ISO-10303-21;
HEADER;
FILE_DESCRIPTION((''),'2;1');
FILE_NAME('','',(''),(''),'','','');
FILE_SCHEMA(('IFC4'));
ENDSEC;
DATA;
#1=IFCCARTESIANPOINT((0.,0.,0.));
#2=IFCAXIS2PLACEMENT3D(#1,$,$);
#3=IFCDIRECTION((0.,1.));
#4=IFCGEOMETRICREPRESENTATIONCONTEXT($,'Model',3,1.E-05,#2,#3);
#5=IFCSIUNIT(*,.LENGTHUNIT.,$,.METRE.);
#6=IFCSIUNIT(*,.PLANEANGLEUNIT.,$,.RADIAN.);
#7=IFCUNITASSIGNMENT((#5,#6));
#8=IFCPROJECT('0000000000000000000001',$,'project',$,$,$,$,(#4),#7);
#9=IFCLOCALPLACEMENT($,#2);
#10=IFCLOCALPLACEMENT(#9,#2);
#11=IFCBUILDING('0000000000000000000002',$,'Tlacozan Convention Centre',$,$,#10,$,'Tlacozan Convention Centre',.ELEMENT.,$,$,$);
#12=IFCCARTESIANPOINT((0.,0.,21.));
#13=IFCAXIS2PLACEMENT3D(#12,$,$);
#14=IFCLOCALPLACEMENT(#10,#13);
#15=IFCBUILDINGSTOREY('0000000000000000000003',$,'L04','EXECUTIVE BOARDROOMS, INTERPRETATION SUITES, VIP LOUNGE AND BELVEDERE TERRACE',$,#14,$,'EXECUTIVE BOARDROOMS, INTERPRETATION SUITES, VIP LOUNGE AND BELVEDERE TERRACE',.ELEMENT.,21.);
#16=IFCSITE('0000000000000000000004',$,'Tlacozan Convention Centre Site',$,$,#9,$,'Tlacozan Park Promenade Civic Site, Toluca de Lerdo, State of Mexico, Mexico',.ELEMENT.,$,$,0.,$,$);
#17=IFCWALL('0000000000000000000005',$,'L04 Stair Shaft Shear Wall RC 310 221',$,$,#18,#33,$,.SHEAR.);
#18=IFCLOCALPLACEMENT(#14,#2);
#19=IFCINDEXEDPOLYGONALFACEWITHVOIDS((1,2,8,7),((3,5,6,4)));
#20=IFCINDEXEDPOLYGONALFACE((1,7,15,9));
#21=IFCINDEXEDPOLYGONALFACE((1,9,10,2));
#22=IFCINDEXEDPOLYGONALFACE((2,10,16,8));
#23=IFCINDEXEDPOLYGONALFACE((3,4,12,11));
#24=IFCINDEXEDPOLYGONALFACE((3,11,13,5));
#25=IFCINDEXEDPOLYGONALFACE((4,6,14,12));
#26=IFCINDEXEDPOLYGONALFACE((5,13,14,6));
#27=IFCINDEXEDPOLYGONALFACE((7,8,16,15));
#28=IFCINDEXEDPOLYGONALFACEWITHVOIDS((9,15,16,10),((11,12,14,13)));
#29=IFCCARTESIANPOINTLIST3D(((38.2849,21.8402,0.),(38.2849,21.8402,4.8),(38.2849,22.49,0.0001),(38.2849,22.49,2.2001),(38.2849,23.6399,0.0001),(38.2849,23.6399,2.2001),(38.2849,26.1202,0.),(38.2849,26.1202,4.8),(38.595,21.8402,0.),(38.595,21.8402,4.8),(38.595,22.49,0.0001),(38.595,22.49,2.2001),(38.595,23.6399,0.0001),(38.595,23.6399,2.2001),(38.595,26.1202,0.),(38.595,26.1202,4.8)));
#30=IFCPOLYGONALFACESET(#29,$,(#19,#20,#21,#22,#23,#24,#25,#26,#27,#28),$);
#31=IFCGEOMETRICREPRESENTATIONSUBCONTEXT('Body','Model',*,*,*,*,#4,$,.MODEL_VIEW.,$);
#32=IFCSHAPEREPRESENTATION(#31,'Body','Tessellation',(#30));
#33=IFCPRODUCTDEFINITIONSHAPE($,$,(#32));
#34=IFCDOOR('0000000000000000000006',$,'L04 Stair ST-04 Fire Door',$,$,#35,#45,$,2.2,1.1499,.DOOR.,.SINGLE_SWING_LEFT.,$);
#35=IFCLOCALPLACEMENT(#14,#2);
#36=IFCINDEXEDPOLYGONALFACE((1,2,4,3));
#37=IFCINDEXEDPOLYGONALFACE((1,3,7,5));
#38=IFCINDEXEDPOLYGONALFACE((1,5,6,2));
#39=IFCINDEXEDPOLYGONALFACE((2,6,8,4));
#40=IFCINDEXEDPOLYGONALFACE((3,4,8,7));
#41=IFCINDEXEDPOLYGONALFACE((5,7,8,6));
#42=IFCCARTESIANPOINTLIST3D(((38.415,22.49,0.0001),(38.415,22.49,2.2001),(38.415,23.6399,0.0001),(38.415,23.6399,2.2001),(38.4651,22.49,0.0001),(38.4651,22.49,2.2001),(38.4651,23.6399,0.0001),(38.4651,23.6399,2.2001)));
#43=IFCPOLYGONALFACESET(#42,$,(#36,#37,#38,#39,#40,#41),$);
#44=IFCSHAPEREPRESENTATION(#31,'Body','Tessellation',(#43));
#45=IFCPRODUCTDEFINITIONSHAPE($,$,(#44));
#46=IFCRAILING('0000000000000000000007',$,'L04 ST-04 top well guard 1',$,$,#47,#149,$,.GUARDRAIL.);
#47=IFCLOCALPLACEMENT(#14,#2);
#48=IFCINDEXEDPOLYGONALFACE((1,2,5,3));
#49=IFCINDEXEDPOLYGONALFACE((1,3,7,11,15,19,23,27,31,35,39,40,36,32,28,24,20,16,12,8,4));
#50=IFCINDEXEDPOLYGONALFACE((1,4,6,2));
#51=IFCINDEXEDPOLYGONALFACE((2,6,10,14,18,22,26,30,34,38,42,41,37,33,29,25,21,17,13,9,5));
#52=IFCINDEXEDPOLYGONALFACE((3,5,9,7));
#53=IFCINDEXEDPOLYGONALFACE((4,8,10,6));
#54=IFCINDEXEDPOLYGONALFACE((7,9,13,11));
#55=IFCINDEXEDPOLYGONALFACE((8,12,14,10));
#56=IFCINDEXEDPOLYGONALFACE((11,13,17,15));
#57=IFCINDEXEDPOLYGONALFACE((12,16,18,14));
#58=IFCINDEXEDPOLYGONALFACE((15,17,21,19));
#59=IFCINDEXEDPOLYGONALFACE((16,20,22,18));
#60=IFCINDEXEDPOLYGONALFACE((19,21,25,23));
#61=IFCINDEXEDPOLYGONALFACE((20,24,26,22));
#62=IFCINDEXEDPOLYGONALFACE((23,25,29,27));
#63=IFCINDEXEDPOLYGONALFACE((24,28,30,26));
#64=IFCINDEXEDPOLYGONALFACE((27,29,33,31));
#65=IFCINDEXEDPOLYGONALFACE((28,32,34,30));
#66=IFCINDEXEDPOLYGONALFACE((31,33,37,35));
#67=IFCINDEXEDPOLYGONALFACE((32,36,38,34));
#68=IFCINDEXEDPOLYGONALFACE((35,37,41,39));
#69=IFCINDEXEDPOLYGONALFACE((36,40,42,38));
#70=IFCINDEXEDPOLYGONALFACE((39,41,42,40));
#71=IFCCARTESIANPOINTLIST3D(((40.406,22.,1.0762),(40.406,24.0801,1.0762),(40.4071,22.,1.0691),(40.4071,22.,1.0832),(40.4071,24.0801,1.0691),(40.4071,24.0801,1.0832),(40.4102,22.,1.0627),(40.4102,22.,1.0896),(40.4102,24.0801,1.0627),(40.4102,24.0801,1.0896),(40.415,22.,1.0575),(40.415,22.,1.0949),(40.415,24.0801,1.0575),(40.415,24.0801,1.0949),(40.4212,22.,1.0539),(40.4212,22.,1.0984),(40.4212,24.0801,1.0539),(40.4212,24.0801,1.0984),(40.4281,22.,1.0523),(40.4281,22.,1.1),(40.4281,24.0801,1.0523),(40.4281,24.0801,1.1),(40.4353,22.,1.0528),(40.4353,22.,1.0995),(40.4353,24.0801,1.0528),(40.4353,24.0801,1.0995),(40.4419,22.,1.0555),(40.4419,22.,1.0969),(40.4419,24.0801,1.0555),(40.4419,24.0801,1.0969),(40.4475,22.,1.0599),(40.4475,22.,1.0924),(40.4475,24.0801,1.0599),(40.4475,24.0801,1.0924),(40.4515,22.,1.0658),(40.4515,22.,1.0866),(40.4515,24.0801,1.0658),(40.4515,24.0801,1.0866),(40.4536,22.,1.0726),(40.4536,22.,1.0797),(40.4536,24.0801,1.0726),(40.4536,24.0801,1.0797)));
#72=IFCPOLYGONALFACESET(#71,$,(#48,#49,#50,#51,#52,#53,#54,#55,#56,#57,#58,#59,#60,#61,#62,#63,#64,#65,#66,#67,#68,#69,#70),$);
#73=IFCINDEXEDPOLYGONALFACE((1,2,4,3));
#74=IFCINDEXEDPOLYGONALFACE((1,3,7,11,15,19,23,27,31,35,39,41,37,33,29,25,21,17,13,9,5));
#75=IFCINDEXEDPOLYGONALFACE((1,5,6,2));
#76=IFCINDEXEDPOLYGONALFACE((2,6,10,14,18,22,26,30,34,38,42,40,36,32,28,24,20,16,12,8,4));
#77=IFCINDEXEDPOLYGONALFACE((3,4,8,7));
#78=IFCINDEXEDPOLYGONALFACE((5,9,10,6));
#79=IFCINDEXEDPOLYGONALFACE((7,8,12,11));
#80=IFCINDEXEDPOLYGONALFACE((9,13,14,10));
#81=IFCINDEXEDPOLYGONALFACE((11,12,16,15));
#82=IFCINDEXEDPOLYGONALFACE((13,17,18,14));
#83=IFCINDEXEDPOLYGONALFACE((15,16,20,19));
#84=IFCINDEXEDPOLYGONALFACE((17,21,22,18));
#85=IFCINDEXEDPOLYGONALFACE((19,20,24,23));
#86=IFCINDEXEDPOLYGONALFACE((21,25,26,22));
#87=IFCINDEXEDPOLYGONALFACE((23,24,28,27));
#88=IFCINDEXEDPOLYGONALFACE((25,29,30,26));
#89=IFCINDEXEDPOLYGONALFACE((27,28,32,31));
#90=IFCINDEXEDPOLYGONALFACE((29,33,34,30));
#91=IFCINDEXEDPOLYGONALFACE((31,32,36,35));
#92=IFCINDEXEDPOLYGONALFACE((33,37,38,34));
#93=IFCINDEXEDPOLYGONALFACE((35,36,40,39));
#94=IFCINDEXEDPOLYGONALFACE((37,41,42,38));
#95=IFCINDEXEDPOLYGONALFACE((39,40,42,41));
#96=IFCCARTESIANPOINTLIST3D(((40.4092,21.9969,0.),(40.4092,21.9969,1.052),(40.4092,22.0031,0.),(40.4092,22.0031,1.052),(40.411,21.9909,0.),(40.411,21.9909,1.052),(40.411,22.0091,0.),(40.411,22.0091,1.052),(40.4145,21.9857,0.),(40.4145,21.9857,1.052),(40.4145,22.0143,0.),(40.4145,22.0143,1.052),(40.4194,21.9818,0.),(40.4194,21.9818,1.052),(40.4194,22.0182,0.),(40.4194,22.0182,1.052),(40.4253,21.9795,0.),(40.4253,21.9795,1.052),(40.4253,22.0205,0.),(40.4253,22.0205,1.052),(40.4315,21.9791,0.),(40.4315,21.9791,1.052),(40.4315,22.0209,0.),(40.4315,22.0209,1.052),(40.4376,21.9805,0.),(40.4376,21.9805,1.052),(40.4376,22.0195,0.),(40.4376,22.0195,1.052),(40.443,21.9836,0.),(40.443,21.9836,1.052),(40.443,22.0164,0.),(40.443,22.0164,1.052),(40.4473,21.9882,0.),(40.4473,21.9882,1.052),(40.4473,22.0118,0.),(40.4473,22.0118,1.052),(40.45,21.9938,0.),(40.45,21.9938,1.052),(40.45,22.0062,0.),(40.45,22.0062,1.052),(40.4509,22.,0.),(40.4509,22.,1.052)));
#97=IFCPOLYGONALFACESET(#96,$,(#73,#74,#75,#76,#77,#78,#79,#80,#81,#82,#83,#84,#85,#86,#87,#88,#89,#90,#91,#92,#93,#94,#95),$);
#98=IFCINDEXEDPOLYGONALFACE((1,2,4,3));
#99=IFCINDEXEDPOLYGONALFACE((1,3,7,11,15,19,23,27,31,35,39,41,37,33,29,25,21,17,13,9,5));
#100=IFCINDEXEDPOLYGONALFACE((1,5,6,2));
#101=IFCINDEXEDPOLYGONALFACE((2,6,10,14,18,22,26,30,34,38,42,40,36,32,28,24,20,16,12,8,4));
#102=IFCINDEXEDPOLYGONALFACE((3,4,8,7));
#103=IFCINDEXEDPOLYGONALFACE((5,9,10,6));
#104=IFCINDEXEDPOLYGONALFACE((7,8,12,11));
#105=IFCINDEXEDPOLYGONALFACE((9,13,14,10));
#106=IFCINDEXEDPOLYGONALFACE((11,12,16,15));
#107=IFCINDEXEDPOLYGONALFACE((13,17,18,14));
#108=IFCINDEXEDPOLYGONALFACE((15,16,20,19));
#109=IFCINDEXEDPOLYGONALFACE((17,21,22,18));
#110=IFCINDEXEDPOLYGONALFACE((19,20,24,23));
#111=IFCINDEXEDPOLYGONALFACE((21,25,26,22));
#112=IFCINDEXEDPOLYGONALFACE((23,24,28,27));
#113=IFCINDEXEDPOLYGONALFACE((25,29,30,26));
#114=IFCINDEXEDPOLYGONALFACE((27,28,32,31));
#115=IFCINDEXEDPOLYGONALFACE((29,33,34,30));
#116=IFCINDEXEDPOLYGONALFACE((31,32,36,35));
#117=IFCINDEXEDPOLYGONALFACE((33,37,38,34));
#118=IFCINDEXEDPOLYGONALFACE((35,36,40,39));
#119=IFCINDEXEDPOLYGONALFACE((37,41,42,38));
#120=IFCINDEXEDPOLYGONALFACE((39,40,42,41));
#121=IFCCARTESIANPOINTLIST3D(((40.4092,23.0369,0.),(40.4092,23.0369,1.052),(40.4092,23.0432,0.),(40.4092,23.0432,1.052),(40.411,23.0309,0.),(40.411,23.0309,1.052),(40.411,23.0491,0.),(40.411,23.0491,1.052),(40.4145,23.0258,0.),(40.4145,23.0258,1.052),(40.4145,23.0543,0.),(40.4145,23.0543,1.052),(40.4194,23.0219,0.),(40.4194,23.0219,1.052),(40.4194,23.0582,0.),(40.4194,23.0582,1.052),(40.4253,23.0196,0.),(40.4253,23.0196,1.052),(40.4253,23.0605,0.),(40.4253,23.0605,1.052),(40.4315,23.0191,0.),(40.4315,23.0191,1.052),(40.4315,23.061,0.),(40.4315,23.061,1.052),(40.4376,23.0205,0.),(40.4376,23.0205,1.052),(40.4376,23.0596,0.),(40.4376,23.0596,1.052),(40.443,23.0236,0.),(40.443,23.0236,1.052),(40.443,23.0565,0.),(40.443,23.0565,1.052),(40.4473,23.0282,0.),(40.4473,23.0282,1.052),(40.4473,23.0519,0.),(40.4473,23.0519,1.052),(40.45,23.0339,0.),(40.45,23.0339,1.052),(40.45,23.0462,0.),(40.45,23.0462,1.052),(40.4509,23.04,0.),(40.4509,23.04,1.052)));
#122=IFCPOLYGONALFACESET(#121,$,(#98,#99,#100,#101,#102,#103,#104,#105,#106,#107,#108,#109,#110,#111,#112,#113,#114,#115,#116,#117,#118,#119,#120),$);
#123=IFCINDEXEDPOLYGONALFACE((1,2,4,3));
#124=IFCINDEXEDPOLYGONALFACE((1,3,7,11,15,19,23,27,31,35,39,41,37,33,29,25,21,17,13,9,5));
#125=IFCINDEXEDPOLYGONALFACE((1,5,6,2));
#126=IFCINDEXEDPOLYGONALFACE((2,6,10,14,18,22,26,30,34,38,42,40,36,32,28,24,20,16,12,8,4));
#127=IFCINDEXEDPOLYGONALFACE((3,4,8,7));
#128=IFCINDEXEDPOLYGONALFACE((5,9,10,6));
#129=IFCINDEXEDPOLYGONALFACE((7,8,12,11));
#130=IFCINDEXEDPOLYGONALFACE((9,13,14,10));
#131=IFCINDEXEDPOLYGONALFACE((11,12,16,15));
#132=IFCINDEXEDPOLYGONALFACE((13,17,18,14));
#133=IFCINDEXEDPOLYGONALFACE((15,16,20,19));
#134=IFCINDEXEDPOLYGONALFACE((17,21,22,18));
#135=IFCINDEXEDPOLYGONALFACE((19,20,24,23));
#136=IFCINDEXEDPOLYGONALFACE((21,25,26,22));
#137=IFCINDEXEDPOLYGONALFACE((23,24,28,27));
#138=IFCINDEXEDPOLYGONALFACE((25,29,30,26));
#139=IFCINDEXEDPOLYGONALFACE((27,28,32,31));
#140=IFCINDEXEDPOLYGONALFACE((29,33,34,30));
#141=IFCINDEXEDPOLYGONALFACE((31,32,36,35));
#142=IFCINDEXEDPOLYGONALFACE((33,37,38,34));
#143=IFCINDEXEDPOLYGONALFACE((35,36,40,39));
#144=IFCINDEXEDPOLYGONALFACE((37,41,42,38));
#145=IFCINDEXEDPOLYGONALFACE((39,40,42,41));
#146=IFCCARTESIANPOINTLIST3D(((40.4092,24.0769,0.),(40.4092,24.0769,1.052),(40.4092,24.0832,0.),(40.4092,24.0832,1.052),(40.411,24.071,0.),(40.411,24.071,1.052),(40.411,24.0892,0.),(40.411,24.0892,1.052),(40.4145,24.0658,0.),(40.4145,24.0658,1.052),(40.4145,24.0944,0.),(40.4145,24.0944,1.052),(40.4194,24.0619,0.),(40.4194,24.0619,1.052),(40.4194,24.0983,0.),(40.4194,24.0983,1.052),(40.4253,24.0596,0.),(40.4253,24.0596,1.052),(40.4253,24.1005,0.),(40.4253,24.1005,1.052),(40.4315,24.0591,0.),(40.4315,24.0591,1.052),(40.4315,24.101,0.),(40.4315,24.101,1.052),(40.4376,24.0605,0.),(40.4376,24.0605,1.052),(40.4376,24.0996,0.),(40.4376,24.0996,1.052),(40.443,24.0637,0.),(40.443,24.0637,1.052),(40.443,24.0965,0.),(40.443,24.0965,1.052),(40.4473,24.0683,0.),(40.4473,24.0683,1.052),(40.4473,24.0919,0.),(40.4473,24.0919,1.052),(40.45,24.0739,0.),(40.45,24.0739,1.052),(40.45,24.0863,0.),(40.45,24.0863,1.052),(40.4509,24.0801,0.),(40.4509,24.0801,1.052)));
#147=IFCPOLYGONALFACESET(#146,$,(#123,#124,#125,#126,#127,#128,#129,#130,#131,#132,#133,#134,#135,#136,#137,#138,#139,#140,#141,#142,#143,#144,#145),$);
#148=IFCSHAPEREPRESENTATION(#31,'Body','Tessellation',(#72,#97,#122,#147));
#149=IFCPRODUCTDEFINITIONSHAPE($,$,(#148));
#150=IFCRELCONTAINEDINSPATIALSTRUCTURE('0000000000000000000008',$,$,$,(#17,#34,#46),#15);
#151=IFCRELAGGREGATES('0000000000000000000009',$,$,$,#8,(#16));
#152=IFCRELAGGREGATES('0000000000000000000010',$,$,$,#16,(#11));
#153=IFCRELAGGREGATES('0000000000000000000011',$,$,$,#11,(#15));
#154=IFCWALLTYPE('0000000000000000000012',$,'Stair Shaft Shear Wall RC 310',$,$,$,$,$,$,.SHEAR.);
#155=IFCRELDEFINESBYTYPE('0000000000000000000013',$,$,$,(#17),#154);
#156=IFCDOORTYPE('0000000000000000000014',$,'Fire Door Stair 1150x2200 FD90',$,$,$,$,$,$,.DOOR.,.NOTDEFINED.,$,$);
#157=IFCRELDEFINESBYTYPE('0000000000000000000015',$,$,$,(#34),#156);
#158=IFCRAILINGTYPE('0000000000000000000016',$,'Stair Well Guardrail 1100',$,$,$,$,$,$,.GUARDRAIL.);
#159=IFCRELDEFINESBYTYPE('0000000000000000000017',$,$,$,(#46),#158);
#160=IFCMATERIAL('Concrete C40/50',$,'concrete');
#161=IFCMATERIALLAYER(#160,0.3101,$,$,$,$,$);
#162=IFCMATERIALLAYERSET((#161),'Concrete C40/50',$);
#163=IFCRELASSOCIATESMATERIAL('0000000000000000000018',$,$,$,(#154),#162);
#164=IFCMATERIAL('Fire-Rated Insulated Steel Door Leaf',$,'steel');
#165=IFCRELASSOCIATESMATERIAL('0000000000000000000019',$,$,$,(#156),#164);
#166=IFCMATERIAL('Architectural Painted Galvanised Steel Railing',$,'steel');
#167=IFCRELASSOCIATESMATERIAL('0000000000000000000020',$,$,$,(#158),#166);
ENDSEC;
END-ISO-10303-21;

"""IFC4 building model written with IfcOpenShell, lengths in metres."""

from ifc_helpers import new_model, si_unit, direction, frame, frame_2d, origin, origin_2d, place, context, subcontext, project, spatial, rectangle, circle, extrude, material, layer, layer_set, type_object, element, fill, save


model = new_model("IFC4")

# Units and contexts
model_context = context("Model", 3, precision=1e-05, world=origin(), true_north=direction((0.0, 1.0)))
body_context = subcontext(model_context, "Body", "Model", "MODEL_VIEW")
ifc_project = project(units=[si_unit("LENGTHUNIT", "METRE"), si_unit("PLANEANGLEUNIT", "RADIAN")], contexts=[model_context])

# Site, building, storey
site_placement = place(None, origin())
site = spatial("IfcSite", under=ifc_project, at=site_placement, Name="Tlacozan Convention Centre Site", LongName="Tlacozan Park Promenade Civic Site, Toluca de Lerdo, State of Mexico, Mexico", CompositionType="ELEMENT", RefElevation=0.0)
building_placement = place(site_placement, origin())
building = spatial("IfcBuilding", under=site, at=building_placement, Name="Tlacozan Convention Centre", LongName="Tlacozan Convention Centre", CompositionType="ELEMENT")
storey_placement = place(building_placement, frame((0.0, 0.0, 21.0)))
storey = spatial("IfcBuildingStorey", under=building, at=storey_placement, Name="L04", Description="EXECUTIVE BOARDROOMS, INTERPRETATION SUITES, VIP LOUNGE AND BELVEDERE TERRACE", LongName="EXECUTIVE BOARDROOMS, INTERPRETATION SUITES, VIP LOUNGE AND BELVEDERE TERRACE", CompositionType="ELEMENT", Elevation=21.0)

# Shared definitions
ifc_material_1 = material(Name="Concrete C40/50", Category="concrete")

# Shared definitions
ifc_material_2 = material(Name="Fire-Rated Insulated Steel Door Leaf", Category="steel")

# Shared definitions
ifc_layer_1 = layer(ifc_material_1, 0.3101)
ifc_layer_set_1 = layer_set([ifc_layer_1], Name="Concrete C40/50")
wall_type_1 = type_object("IfcWallType", Name="Stair Shaft Shear Wall RC 310", PredefinedType="SHEAR", material=ifc_layer_set_1)

# Wall, opening, door
wall_1_placement = place(storey_placement, frame((38.4399, 21.8401, 0.0), z_axis=(0.0, 0.0, 1.0), x_axis=(0.0, 1.0, 0.0)))
wall_1 = element("IfcWall", 1, at=wall_1_placement, inside=storey, type_object=wall_type_1, Name="L04 Stair Shaft Shear Wall RC 310 221", PredefinedType="SHEAR", context=body_context, shape_type="SweptSolid", body=[
    extrude(rectangle(XDim=4.28, YDim=0.3101, at=frame_2d((2.1401, 0.0))), origin(), (0.0, 0.0, 1.0), 4.8),
])
opening_1_placement = place(wall_1_placement, frame((0.6499, 0.0, 0.0)))
opening_1 = element("IfcOpeningElement", 2, at=opening_1_placement, cuts=wall_1, PredefinedType="OPENING", context=body_context, shape_type="SweptSolid", body=[
    extrude(rectangle(XDim=1.1499, YDim=2.2, at=frame_2d((0.575, 1.1001))), frame((0.0, 0.165, 0.0), z_axis=(0.0, -1.0, 0.0), x_axis=(1.0, 0.0, 0.0)), (0.0, 0.0, 1.0), 0.3301),
])
door_type_1 = type_object("IfcDoorType", Name="Fire Door Stair 1150x2200 FD90", OperationType="NOTDEFINED", PredefinedType="DOOR", material=ifc_material_2)
door_1_placement = place(opening_1_placement, origin())
door_1 = element("IfcDoor", 3, at=door_1_placement, inside=storey, type_object=door_type_1, Name="L04 Stair ST-04 Fire Door", OperationType="SINGLE_SWING_LEFT", OverallHeight=2.2, OverallWidth=1.1499, PredefinedType="DOOR", context=body_context, shape_type="SweptSolid", body=[
    extrude(rectangle(XDim=1.1499, YDim=2.2, at=frame_2d((0.575, 1.1001))), frame((0.0, 0.0249, 0.0), z_axis=(0.0, -1.0, 0.0), x_axis=(1.0, 0.0, 0.0)), (0.0, 0.0, 1.0), 0.05),
])
fill(opening_1, door_1)

# Railing
ifc_material_3 = material(Name="Architectural Painted Galvanised Steel Railing", Category="steel")
railing_type = type_object("IfcRailingType", Name="Stair Well Guardrail 1100", PredefinedType="GUARDRAIL", material=ifc_material_3)
railing_placement = place(storey_placement, frame((40.4299, 22.0, 0.0)))
element("IfcRailing", 4, at=railing_placement, inside=storey, type_object=railing_type, Name="L04 ST-04 top well guard 1", PredefinedType="GUARDRAIL", context=body_context, shape_type="SweptSolid", body=[
    extrude(circle(Radius=0.0239, at=origin_2d()), frame((0.0, 0.0, 1.0762), z_axis=(0.0, 1.0, 0.0), x_axis=(-1.0, 0.0, 0.0)), (0.0, 0.0, 1.0), 2.0801),
    extrude(circle(Radius=0.021, at=origin_2d()), origin(), (0.0, 0.0, 1.0), 1.052),
    extrude(circle(Radius=0.021, at=origin_2d()), frame((0.0, 1.04, 0.0)), (0.0, 0.0, 1.0), 1.052),
    extrude(circle(Radius=0.021, at=origin_2d()), frame((0.0, 2.0801, 0.0)), (0.0, 0.0, 1.0), 1.052),
])

save(model, "model.ifc")
